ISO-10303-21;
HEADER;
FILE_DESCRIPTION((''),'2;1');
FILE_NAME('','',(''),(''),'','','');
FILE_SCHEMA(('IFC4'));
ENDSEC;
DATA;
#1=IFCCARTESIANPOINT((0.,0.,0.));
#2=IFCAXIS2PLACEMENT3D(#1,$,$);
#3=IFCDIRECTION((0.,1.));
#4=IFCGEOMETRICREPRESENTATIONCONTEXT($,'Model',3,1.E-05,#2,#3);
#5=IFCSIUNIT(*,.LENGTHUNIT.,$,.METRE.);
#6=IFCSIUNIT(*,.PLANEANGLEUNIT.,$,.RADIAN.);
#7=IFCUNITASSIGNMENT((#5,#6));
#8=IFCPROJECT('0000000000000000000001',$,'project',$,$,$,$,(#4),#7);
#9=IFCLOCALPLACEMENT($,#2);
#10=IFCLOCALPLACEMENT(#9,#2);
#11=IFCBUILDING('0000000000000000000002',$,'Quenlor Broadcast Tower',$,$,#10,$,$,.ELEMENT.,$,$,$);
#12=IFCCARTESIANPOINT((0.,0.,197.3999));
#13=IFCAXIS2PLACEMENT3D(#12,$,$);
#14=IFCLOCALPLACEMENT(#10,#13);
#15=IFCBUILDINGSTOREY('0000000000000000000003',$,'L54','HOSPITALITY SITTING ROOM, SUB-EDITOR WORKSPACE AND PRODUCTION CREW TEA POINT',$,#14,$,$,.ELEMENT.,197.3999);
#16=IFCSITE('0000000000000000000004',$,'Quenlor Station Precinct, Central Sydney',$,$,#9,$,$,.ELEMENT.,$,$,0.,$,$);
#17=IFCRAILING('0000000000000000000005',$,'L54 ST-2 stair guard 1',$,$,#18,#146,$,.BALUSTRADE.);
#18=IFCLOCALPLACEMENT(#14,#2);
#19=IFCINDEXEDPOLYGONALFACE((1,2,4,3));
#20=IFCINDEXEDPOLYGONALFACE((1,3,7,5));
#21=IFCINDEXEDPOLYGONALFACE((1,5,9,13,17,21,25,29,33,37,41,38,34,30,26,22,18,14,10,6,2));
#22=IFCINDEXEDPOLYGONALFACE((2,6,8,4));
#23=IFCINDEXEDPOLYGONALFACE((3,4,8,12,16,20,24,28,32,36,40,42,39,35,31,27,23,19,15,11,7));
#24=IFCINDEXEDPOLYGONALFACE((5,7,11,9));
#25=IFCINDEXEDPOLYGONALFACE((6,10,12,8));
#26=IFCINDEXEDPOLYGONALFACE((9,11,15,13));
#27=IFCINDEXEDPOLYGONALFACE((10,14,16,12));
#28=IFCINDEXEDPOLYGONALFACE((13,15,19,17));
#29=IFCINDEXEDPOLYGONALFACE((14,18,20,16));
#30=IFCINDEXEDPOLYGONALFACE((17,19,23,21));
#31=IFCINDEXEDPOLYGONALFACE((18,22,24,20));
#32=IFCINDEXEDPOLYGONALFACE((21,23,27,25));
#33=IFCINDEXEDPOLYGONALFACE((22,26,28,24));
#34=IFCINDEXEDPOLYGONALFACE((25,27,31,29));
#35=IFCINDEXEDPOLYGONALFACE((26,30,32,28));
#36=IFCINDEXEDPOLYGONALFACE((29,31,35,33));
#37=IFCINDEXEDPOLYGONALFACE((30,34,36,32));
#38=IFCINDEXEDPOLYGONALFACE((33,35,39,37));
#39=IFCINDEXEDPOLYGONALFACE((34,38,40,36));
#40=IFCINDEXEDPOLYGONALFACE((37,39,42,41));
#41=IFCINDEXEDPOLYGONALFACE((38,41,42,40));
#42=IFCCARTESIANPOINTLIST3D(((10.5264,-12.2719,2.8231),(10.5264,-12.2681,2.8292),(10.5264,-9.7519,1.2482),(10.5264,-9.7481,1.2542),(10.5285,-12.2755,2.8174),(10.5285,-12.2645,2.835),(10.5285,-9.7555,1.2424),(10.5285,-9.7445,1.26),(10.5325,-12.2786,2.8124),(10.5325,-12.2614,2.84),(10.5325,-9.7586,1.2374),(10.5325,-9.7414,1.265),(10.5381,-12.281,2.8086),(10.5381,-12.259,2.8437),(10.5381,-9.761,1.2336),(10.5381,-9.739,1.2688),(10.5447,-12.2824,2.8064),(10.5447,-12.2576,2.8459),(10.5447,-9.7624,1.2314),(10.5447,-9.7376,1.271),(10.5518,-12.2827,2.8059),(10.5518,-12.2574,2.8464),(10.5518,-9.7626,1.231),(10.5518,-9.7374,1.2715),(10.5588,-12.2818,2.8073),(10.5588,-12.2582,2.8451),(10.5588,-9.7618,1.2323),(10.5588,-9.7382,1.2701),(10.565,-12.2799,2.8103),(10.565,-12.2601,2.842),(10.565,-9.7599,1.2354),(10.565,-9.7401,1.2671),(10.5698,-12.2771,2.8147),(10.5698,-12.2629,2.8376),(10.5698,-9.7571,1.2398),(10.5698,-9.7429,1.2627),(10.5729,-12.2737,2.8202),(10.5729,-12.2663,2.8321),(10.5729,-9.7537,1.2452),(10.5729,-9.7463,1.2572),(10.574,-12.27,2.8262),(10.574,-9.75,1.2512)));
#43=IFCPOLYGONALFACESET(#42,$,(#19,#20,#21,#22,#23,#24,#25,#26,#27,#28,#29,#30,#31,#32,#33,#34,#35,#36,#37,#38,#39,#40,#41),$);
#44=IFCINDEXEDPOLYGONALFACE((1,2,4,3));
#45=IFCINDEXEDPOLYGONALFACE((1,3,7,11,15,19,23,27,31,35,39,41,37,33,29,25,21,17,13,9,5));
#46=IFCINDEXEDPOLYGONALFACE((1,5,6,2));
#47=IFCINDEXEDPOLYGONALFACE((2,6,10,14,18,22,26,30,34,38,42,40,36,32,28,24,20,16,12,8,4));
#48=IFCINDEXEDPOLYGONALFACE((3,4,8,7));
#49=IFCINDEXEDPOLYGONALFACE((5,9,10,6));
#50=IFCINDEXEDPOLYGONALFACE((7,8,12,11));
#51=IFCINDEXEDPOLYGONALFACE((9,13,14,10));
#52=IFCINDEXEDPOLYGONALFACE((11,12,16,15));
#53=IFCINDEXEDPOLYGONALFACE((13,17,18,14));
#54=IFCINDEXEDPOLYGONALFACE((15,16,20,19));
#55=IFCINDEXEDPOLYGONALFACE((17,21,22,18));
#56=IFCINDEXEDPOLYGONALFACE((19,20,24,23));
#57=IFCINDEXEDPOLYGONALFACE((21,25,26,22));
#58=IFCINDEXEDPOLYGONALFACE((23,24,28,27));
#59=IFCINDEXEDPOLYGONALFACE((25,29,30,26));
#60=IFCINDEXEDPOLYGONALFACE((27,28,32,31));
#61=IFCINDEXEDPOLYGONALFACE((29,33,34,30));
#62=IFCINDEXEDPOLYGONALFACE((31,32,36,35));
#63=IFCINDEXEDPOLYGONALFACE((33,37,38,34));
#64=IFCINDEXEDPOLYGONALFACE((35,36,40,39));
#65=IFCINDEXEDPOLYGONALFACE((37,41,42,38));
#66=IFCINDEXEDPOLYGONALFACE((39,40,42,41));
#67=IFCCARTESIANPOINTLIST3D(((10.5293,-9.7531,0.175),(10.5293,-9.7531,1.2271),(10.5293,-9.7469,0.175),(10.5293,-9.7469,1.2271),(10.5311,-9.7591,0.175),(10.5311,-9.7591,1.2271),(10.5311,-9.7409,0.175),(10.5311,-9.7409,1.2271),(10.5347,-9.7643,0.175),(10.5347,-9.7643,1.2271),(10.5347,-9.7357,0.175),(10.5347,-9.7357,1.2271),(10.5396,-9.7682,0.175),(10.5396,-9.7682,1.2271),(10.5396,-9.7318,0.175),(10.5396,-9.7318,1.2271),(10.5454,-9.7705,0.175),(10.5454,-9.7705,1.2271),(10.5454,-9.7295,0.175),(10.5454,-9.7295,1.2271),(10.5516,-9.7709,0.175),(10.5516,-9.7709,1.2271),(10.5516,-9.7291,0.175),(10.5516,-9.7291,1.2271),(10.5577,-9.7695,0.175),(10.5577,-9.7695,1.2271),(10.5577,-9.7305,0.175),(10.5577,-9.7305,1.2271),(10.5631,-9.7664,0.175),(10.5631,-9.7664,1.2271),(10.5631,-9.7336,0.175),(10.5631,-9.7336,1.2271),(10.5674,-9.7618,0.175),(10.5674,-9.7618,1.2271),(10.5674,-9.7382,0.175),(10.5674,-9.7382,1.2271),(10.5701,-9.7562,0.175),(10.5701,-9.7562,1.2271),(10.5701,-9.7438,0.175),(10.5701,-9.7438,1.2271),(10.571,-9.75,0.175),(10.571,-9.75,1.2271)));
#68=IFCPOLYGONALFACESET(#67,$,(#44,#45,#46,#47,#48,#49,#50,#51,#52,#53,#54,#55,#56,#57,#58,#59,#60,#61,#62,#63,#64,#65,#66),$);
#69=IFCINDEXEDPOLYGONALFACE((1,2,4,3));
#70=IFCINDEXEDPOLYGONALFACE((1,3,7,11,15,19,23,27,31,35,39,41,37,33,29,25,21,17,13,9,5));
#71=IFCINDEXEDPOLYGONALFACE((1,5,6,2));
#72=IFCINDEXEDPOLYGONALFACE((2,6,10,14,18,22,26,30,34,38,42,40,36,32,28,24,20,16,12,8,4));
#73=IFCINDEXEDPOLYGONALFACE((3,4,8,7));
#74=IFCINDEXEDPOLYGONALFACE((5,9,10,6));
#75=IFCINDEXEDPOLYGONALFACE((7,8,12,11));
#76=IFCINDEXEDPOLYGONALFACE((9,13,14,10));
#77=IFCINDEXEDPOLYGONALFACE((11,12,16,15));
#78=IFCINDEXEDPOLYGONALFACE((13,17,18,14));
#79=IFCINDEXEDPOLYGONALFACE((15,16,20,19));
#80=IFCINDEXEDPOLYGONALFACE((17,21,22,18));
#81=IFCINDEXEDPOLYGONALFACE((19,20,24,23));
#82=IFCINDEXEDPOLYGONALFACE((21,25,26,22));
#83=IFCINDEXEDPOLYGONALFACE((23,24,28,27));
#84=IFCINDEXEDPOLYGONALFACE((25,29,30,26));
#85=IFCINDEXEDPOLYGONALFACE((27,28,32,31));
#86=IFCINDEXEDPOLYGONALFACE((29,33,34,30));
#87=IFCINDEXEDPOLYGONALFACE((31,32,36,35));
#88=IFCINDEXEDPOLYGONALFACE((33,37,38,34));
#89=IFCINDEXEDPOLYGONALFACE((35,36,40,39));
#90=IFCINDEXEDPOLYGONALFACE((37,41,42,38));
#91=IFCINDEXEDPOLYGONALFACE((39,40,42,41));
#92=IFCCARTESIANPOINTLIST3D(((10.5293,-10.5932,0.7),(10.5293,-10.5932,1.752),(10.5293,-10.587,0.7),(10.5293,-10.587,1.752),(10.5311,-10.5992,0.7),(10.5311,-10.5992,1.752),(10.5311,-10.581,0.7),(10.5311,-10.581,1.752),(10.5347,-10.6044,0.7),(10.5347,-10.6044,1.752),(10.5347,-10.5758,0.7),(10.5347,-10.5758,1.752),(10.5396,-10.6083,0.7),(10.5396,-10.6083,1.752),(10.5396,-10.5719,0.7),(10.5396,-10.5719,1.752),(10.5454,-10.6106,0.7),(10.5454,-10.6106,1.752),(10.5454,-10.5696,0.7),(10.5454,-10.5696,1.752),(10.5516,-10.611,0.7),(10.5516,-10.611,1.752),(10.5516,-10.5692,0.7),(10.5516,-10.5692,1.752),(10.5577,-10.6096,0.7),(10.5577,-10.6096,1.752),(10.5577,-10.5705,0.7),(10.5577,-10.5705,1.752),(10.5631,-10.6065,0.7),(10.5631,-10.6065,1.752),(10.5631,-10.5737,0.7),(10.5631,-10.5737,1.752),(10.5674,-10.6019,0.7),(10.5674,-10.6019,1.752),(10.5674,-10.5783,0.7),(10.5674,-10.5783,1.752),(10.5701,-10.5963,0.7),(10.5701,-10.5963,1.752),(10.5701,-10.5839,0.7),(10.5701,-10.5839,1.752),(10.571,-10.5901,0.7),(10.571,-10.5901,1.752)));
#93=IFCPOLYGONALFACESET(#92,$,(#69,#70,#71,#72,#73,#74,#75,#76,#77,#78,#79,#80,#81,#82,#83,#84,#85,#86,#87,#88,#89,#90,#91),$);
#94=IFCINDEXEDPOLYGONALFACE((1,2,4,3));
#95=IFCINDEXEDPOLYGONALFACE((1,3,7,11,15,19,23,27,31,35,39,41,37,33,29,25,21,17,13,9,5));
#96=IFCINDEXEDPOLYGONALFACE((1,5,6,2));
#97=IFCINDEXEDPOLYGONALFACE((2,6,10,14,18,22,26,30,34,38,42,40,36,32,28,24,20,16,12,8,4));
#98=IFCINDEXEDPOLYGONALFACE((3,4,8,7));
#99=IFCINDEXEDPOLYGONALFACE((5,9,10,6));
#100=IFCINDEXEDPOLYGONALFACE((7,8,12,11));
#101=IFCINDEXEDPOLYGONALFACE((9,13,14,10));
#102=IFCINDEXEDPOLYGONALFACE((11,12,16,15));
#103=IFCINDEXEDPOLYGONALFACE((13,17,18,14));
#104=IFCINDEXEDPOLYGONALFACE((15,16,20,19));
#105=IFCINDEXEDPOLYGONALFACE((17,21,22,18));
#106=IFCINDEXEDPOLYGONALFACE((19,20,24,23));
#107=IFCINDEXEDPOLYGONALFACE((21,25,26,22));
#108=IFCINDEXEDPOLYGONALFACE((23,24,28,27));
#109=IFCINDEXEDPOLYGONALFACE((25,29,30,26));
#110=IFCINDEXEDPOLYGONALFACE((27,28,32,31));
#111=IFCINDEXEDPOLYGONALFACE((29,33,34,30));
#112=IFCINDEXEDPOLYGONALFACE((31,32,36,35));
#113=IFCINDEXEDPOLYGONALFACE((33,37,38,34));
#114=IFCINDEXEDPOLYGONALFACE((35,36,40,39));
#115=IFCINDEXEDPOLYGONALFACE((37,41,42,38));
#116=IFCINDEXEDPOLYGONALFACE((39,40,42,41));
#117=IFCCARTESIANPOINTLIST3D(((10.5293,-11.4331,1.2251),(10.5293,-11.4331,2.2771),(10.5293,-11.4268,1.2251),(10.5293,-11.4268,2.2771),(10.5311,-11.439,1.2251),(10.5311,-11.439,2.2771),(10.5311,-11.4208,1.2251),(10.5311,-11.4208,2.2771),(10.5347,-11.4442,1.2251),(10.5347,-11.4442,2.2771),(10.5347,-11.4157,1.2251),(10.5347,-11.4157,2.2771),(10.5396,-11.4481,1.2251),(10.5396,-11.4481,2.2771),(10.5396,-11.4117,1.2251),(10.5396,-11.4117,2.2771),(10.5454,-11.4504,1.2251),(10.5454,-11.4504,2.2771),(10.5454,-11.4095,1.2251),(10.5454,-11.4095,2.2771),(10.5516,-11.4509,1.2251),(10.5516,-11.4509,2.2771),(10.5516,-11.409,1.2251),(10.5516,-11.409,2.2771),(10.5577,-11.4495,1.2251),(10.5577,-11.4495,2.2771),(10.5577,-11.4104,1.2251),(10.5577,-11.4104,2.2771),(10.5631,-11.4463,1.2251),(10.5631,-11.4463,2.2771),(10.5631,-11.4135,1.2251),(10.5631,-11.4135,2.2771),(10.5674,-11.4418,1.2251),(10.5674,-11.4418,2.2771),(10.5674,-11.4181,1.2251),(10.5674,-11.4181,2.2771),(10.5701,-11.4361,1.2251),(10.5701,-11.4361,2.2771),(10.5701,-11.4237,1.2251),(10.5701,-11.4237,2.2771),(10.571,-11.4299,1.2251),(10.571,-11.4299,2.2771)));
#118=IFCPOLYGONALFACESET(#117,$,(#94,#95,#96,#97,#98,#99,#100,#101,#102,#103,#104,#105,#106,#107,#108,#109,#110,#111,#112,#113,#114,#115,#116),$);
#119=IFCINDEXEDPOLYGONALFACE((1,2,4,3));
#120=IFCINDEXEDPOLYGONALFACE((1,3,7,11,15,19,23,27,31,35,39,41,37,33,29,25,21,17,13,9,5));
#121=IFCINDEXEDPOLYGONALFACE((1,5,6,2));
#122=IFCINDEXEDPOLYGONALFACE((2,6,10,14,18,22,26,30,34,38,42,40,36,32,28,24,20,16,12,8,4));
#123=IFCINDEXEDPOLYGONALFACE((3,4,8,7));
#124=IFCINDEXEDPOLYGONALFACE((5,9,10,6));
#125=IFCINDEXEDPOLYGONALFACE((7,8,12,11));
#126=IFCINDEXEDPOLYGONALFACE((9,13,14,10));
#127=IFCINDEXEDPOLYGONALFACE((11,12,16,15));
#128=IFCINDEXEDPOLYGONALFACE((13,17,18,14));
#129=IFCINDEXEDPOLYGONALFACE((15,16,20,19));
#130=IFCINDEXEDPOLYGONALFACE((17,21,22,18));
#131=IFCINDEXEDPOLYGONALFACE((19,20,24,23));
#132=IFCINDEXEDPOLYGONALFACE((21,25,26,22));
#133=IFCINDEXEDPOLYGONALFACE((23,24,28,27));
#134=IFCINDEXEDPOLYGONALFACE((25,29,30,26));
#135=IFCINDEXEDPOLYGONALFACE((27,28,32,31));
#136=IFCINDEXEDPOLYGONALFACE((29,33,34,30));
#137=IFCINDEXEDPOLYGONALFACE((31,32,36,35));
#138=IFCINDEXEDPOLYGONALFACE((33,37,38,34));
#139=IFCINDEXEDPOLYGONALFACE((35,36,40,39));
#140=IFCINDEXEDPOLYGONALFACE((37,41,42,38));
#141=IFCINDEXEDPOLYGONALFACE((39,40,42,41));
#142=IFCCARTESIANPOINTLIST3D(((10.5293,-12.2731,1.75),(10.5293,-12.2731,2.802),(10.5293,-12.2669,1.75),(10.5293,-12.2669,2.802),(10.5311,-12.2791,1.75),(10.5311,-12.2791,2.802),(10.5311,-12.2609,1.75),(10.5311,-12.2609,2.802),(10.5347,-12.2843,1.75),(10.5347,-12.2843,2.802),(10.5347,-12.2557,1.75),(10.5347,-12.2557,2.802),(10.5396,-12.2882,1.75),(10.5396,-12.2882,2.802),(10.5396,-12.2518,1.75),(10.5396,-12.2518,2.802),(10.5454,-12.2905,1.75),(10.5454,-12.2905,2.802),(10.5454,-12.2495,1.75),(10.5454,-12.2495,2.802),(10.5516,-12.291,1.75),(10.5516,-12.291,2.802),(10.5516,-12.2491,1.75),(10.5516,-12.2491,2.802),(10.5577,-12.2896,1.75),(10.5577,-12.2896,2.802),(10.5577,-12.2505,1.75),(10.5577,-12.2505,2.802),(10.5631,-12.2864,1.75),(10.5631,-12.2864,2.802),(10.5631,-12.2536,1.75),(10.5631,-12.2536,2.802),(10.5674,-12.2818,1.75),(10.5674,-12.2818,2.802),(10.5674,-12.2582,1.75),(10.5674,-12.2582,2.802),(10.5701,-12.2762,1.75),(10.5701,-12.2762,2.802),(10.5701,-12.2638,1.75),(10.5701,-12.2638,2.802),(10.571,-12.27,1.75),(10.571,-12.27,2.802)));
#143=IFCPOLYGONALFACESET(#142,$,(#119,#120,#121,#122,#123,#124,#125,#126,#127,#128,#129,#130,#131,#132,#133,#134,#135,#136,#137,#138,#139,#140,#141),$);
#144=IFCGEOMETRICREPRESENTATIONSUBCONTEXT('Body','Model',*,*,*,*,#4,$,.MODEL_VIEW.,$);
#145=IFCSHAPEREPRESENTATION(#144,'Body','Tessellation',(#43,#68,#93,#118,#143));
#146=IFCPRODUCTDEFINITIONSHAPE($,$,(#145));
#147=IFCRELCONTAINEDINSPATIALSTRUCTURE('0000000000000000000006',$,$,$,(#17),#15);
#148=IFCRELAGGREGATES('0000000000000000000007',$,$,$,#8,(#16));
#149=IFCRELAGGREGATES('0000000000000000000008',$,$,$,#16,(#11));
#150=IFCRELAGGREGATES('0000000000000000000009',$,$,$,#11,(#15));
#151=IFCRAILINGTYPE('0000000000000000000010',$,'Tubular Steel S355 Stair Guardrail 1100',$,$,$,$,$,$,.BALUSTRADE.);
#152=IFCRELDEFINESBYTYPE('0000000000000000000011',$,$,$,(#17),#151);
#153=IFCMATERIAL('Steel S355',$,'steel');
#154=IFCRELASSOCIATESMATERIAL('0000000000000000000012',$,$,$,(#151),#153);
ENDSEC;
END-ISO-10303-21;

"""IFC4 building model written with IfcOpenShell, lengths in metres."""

from ifc_helpers import new_model, si_unit, direction, frame, origin, origin_2d, place, context, subcontext, project, spatial, circle, extrude, material, type_object, element, save


model = new_model("IFC4")

# Units and contexts
model_context = context("Model", 3, precision=1e-05, world=origin(), true_north=direction((0.0, 1.0)))
body_context = subcontext(model_context, "Body", "Model", "MODEL_VIEW")
ifc_project = project(units=[si_unit("LENGTHUNIT", "METRE"), si_unit("PLANEANGLEUNIT", "RADIAN")], contexts=[model_context])

# Site, building, storey
site_placement = place(None, origin())
site = spatial("IfcSite", under=ifc_project, at=site_placement, Name="Quenlor Station Precinct, Central Sydney", CompositionType="ELEMENT", RefElevation=0.0)
building_placement = place(site_placement, origin())
building = spatial("IfcBuilding", under=site, at=building_placement, Name="Quenlor Broadcast Tower", CompositionType="ELEMENT")
storey_placement = place(building_placement, frame((0.0, 0.0, 197.3999)))
storey = spatial("IfcBuildingStorey", under=building, at=storey_placement, Name="L54", Description="HOSPITALITY SITTING ROOM, SUB-EDITOR WORKSPACE AND PRODUCTION CREW TEA POINT", CompositionType="ELEMENT", Elevation=197.3999)

# Railing
ifc_material_1 = material(Name="Steel S355", Category="steel")
railing_type_1 = type_object("IfcRailingType", Name="Tubular Steel S355 Stair Guardrail 1100", PredefinedType="BALUSTRADE", material=ifc_material_1)
railing_1_placement = place(storey_placement, frame((10.55, -9.75, 0.175)))
element("IfcRailing", 1, at=railing_1_placement, inside=storey, type_object=railing_type_1, Name="L54 ST-2 stair guard 1", PredefinedType="BALUSTRADE", context=body_context, shape_type="SweptSolid", body=[
    extrude(circle(Radius=0.0239, at=origin_2d()), frame((0.0, 0.0, 1.0762), z_axis=(0.0, -0.848008, 0.529984), x_axis=(1.0, 0.0, 0.0)), (0.0, 0.0, 1.0), 2.9717),
    extrude(circle(Radius=0.021, at=origin_2d()), origin(), (0.0, 0.0, 1.0), 1.052),
    extrude(circle(Radius=0.021, at=origin_2d()), frame((0.0, -0.8401, 0.5249)), (0.0, 0.0, 1.0), 1.052),
    extrude(circle(Radius=0.021, at=origin_2d()), frame((0.0, -1.6799, 1.05)), (0.0, 0.0, 1.0), 1.052),
    extrude(circle(Radius=0.021, at=origin_2d()), frame((0.0, -2.52, 1.575)), (0.0, 0.0, 1.0), 1.052),
])

save(model, "model.ifc")
